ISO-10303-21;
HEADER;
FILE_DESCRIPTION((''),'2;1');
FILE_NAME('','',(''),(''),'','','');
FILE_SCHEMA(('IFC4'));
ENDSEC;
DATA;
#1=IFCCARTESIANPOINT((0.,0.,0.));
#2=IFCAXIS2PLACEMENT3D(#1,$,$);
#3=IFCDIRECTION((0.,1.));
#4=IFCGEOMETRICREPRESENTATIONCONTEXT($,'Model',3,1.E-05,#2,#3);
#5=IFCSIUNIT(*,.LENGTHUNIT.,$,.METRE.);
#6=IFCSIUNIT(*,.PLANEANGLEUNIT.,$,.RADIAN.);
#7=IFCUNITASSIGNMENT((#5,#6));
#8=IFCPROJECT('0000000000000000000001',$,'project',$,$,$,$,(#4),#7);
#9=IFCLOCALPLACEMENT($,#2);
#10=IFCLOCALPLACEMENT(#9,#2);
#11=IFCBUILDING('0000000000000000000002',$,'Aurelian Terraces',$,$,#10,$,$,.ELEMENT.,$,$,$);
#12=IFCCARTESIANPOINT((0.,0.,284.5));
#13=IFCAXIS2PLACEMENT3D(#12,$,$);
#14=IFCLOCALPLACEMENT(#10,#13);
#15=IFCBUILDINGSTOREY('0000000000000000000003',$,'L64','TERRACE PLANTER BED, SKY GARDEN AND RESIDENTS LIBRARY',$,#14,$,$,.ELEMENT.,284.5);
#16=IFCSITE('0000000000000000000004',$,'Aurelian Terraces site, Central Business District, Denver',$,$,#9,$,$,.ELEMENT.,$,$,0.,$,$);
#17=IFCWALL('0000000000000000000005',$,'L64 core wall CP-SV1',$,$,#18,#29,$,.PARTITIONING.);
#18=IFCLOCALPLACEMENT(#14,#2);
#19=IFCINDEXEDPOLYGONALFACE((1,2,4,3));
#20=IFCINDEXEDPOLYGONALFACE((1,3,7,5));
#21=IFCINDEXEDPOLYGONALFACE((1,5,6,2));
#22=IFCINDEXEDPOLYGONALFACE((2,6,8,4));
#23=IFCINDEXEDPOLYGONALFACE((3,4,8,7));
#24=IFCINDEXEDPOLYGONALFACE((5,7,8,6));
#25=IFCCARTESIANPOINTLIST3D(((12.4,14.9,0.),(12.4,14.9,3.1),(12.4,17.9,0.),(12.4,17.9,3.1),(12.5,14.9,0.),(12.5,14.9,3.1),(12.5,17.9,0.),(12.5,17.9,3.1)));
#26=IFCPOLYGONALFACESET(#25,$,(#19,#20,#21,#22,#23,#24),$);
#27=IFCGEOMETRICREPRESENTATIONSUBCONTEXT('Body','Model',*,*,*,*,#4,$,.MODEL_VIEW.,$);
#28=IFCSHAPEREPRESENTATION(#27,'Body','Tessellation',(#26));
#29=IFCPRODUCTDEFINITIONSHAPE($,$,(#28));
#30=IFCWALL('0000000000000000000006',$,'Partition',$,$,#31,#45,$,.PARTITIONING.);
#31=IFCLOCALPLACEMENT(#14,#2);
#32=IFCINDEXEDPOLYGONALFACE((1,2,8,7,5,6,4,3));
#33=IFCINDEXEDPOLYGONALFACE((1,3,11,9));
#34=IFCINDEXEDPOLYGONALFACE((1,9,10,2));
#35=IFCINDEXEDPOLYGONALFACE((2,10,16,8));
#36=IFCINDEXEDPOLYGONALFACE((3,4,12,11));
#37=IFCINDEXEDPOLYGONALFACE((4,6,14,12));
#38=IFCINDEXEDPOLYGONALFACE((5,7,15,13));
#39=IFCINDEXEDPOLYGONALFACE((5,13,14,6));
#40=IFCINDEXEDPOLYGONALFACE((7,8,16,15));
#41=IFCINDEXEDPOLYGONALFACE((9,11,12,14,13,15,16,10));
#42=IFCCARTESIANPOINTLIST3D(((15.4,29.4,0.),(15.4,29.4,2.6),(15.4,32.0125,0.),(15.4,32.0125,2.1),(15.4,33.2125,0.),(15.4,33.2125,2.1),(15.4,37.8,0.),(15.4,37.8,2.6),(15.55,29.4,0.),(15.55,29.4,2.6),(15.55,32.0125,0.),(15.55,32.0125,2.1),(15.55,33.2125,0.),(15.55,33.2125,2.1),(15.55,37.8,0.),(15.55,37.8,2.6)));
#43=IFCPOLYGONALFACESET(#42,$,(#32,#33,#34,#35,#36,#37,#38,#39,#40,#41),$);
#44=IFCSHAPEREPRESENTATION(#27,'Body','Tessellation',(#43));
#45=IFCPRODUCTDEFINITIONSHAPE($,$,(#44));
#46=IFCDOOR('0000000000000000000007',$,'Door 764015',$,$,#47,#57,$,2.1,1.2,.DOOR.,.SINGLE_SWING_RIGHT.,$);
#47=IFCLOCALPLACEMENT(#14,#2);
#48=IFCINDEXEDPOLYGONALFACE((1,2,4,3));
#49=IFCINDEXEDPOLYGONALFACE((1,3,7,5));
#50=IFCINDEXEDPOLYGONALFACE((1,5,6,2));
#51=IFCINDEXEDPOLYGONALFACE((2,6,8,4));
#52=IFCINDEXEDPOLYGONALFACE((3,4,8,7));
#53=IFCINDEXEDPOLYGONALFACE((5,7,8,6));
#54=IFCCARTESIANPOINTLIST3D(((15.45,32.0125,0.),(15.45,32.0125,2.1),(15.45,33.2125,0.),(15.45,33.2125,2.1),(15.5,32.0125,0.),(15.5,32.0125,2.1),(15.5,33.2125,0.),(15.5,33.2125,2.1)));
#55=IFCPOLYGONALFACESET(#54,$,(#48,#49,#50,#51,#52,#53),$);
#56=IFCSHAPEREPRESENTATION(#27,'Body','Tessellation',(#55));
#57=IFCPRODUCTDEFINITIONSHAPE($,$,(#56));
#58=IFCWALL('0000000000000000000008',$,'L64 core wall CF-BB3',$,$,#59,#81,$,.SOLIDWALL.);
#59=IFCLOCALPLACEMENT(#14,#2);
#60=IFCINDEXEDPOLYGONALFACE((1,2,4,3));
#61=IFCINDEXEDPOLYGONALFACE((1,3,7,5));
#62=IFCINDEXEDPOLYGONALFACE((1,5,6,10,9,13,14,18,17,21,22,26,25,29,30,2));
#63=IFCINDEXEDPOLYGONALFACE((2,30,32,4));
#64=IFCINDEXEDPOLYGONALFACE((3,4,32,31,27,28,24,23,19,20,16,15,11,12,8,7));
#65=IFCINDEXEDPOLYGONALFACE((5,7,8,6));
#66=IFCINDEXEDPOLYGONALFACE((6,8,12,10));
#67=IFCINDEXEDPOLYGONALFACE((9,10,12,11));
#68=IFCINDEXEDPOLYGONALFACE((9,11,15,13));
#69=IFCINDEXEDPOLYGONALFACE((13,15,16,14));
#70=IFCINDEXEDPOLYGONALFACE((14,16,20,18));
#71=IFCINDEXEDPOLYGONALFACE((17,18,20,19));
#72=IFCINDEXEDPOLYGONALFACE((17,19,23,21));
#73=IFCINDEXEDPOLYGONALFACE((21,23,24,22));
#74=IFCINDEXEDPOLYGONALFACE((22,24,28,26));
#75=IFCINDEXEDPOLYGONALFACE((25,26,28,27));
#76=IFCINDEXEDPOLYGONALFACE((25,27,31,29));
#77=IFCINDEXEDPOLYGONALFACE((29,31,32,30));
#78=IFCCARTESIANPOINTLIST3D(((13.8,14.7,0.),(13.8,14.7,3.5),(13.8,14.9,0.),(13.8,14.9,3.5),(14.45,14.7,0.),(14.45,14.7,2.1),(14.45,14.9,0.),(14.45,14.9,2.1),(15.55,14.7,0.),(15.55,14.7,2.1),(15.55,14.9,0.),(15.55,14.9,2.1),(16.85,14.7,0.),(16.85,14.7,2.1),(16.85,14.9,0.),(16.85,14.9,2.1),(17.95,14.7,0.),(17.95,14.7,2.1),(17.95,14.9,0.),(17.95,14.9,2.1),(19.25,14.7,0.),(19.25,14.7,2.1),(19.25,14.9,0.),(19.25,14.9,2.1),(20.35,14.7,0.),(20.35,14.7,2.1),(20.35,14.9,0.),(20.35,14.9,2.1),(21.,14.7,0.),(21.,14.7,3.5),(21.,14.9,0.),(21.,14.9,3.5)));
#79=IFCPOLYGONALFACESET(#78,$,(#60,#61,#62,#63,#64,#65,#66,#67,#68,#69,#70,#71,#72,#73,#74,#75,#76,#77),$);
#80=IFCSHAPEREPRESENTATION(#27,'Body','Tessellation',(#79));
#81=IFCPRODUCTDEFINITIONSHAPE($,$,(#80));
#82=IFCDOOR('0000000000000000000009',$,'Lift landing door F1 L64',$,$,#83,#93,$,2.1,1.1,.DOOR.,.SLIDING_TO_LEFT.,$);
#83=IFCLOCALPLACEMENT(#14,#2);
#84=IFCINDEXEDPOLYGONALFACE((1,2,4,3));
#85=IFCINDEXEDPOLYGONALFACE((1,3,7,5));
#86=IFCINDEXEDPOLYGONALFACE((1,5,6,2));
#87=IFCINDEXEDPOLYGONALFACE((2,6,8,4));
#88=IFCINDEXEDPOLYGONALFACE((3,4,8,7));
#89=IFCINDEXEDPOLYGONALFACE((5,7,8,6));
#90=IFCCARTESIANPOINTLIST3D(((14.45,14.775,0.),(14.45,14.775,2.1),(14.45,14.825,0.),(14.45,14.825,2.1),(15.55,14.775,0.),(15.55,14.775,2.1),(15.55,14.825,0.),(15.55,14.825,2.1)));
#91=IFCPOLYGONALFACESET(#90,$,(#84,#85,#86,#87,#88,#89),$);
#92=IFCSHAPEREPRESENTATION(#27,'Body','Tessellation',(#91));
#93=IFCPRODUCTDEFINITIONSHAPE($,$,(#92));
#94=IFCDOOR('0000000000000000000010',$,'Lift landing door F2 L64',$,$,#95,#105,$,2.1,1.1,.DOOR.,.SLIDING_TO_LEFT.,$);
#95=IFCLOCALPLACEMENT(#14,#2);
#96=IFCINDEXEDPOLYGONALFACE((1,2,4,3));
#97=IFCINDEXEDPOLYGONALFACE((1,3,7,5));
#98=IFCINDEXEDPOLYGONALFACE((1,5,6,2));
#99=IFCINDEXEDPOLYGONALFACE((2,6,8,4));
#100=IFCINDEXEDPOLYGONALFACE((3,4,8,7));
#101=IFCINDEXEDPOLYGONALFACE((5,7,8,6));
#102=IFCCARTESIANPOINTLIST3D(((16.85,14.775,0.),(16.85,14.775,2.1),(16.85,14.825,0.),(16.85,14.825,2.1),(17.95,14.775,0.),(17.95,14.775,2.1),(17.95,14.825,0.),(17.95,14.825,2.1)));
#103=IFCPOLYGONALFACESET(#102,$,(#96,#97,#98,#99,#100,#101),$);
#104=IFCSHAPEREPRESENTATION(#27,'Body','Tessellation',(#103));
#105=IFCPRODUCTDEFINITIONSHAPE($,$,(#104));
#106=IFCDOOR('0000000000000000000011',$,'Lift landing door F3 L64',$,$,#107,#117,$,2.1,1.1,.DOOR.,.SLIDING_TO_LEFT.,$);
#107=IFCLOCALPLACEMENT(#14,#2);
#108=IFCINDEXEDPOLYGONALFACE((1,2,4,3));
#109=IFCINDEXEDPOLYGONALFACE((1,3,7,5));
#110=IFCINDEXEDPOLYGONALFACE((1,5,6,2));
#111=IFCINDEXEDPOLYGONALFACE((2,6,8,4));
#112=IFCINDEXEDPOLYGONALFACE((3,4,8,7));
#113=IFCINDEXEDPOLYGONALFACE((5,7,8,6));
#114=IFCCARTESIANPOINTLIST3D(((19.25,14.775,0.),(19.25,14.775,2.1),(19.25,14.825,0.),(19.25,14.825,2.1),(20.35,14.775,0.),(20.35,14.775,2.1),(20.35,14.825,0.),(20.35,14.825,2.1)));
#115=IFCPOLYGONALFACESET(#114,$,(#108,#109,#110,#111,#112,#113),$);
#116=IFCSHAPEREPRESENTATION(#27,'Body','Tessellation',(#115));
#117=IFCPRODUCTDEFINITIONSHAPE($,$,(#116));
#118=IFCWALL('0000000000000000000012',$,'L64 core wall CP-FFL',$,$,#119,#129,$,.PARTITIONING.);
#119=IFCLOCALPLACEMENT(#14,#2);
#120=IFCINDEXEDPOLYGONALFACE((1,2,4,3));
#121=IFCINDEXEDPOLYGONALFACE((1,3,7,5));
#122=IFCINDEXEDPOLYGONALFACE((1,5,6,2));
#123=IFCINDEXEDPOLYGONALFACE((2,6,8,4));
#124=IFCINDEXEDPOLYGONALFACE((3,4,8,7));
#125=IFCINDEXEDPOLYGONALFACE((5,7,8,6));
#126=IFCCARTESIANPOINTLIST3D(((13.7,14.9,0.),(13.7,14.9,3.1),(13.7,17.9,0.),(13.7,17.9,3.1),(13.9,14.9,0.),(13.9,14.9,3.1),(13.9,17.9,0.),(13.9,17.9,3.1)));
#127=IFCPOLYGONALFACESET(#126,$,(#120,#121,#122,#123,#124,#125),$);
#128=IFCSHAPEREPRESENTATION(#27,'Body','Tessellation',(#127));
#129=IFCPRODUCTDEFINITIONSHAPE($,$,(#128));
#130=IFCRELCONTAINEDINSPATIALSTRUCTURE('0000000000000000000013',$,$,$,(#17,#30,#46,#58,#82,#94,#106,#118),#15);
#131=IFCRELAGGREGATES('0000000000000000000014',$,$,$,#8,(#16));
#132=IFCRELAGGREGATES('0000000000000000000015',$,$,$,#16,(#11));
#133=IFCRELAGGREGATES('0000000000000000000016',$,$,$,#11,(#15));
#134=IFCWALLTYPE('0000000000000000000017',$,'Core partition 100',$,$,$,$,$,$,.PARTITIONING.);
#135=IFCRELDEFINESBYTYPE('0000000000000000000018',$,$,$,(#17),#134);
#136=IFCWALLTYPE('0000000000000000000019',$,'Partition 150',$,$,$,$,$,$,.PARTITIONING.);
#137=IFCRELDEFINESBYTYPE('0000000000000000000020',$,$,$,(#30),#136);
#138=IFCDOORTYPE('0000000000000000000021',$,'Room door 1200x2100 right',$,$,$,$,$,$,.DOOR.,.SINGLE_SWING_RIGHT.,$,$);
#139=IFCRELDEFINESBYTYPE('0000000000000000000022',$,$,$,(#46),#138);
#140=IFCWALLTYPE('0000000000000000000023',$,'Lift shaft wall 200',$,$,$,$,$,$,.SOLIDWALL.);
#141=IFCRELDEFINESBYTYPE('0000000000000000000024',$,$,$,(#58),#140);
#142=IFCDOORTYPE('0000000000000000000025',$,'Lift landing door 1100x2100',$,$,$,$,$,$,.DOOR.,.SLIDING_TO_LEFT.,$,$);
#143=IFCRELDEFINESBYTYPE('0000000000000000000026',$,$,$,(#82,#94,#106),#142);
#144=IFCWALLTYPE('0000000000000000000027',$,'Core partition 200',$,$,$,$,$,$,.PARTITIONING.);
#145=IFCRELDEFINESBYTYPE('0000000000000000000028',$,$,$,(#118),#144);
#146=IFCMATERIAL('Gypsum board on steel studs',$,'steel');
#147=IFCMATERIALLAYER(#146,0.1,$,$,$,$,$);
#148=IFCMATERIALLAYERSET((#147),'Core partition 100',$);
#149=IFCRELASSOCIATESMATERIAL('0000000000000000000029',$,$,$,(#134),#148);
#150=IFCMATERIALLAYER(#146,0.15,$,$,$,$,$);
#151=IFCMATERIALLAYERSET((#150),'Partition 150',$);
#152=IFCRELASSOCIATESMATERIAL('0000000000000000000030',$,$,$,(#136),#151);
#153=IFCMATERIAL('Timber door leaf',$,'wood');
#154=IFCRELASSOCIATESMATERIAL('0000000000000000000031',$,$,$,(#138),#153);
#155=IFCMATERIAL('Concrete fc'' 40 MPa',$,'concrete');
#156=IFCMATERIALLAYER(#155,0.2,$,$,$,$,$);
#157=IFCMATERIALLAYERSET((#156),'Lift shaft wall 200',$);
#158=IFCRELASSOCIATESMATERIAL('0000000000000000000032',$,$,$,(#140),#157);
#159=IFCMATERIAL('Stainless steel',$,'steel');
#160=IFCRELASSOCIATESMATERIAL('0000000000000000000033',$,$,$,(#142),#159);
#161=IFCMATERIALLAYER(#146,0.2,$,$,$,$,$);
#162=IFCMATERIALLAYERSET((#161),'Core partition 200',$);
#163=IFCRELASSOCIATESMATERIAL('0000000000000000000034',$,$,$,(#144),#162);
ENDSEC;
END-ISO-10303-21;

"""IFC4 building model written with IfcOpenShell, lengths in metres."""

from ifc_helpers import new_model, si_unit, direction, frame, frame_2d, origin, place, context, subcontext, project, spatial, rectangle, extrude, source, transform, mapped, material, layer, layer_set, type_object, element, fill, save


model = new_model("IFC4")

# Units and contexts
model_context = context("Model", 3, precision=1e-05, world=origin(), true_north=direction((0.0, 1.0)))
body_context = subcontext(model_context, "Body", "Model", "MODEL_VIEW")
ifc_project = project(units=[si_unit("LENGTHUNIT", "METRE"), si_unit("PLANEANGLEUNIT", "RADIAN")], contexts=[model_context])

# Site, building, storey
site_placement = place(None, origin())
site = spatial("IfcSite", under=ifc_project, at=site_placement, Name="Aurelian Terraces site, Central Business District, Denver", CompositionType="ELEMENT", RefElevation=0.0)
building_placement = place(site_placement, origin())
building = spatial("IfcBuilding", under=site, at=building_placement, Name="Aurelian Terraces", CompositionType="ELEMENT")
storey_placement = place(building_placement, frame((0.0, 0.0, 284.5)))
storey = spatial("IfcBuildingStorey", under=building, at=storey_placement, Name="L64", Description="TERRACE PLANTER BED, SKY GARDEN AND RESIDENTS LIBRARY", CompositionType="ELEMENT", Elevation=284.5)

# Wall
ifc_material_1 = material(Name="Gypsum board on steel studs", Category="steel")
ifc_layer_1 = layer(ifc_material_1, 0.1)
ifc_layer_set_1 = layer_set([ifc_layer_1], Name="Core partition 100")
wall_type_1 = type_object("IfcWallType", Name="Core partition 100", PredefinedType="PARTITIONING", material=ifc_layer_set_1)
wall_1_placement = place(storey_placement, frame((12.45, 14.9, 0.0), z_axis=(0.0, 0.0, 1.0), x_axis=(0.0, 1.0, 0.0)))
element("IfcWall", 1, at=wall_1_placement, inside=storey, type_object=wall_type_1, Name="L64 core wall CP-SV1", PredefinedType="PARTITIONING", context=body_context, shape_type="SweptSolid", body=[
    extrude(rectangle(XDim=3.0, YDim=0.1, at=frame_2d((1.5, 0.0))), origin(), (0.0, 0.0, 1.0), 3.1),
])

# Wall, opening, door
ifc_layer_2 = layer(ifc_material_1, 0.15)
ifc_layer_set_2 = layer_set([ifc_layer_2], Name="Partition 150")
wall_type_2 = type_object("IfcWallType", Name="Partition 150", PredefinedType="PARTITIONING", material=ifc_layer_set_2)
wall_2_placement = place(storey_placement, frame((15.475, 29.4, 0.0), z_axis=(0.0, 0.0, 1.0), x_axis=(0.0, 1.0, 0.0)))
wall_2 = element("IfcWall", 2, at=wall_2_placement, inside=storey, type_object=wall_type_2, Name="Partition", PredefinedType="PARTITIONING", context=body_context, shape_type="SweptSolid", body=[
    extrude(rectangle(XDim=8.4, YDim=0.15, at=frame_2d((4.2, 0.0))), origin(), (0.0, 0.0, 1.0), 2.6),
])
shared_shape_1 = source(origin(), body_context, "Body", "SweptSolid", [
    extrude(rectangle(XDim=1.2, YDim=2.1, at=frame_2d((0.6, 1.05))), frame((0.0, 0.085, 0.0), z_axis=(0.0, -1.0, 0.0), x_axis=(1.0, 0.0, 0.0)), (0.0, 0.0, 1.0), 0.17),
])
opening_1_placement = place(wall_2_placement, frame((2.6125, 0.0, 0.0)))
opening_1 = element("IfcOpeningElement", 3, at=opening_1_placement, cuts=wall_2, PredefinedType="OPENING", context=body_context, shape_type="MappedRepresentation", body=[
    mapped(shared_shape_1, transform((0.0, 0.0, 0.0), scale=1.0)),
])
ifc_material_2 = material(Name="Timber door leaf", Category="wood")
door_type_1 = type_object("IfcDoorType", Name="Room door 1200x2100 right", OperationType="SINGLE_SWING_RIGHT", PredefinedType="DOOR", material=ifc_material_2)
shared_shape_2 = source(origin(), body_context, "Body", "SweptSolid", [
    extrude(rectangle(XDim=1.2, YDim=2.1, at=frame_2d((0.6, 1.05))), frame((0.0, 0.025, 0.0), z_axis=(0.0, -1.0, 0.0), x_axis=(1.0, 0.0, 0.0)), (0.0, 0.0, 1.0), 0.05),
])
door_1_placement = place(opening_1_placement, origin())
door_1 = element("IfcDoor", 4, at=door_1_placement, inside=storey, type_object=door_type_1, Name="Door 764015", OperationType="SINGLE_SWING_RIGHT", OverallHeight=2.1, OverallWidth=1.2, PredefinedType="DOOR", context=body_context, shape_type="MappedRepresentation", body=[
    mapped(shared_shape_2, transform((0.0, 0.0, 0.0), scale=1.0)),
])
fill(opening_1, door_1)

# Wall, openings, doors
ifc_material_3 = material(Name="Concrete fc' 40 MPa", Category="concrete")
ifc_layer_3 = layer(ifc_material_3, 0.2)
ifc_layer_set_3 = layer_set([ifc_layer_3], Name="Lift shaft wall 200")
wall_type_3 = type_object("IfcWallType", Name="Lift shaft wall 200", PredefinedType="SOLIDWALL", material=ifc_layer_set_3)
shared_shape_3 = source(origin(), body_context, "Body", "SweptSolid", [
    extrude(rectangle(XDim=7.2, YDim=0.2, at=frame_2d((3.6, 0.0))), origin(), (0.0, 0.0, 1.0), 3.5),
])
wall_3_placement = place(storey_placement, frame((13.8, 14.8, 0.0), z_axis=(0.0, 0.0, 1.0), x_axis=(1.0, 0.0, 0.0)))
wall_3 = element("IfcWall", 5, at=wall_3_placement, inside=storey, type_object=wall_type_3, Name="L64 core wall CF-BB3", PredefinedType="SOLIDWALL", context=body_context, shape_type="MappedRepresentation", body=[
    mapped(shared_shape_3, transform((0.0, 0.0, 0.0), scale=1.0)),
])
shared_shape_4 = source(origin(), body_context, "Body", "SweptSolid", [
    extrude(rectangle(XDim=1.1, YDim=2.1, at=frame_2d((0.55, 1.05))), frame((0.0, 0.11, 0.0), z_axis=(0.0, -1.0, 0.0), x_axis=(1.0, 0.0, 0.0)), (0.0, 0.0, 1.0), 0.22),
])
opening_2_placement = place(wall_3_placement, frame((0.65, 0.0, 0.0)))
opening_2 = element("IfcOpeningElement", 6, at=opening_2_placement, cuts=wall_3, PredefinedType="OPENING", context=body_context, shape_type="MappedRepresentation", body=[
    mapped(shared_shape_4, transform((0.0, 0.0, 0.0), scale=1.0)),
])
opening_3_placement = place(wall_3_placement, frame((3.05, 0.0, 0.0)))
opening_3 = element("IfcOpeningElement", 7, at=opening_3_placement, cuts=wall_3, PredefinedType="OPENING", context=body_context, shape_type="MappedRepresentation", body=[
    mapped(shared_shape_4, transform((0.0, 0.0, 0.0), scale=1.0)),
])
opening_4_placement = place(wall_3_placement, frame((5.45, 0.0, 0.0)))
opening_4 = element("IfcOpeningElement", 8, at=opening_4_placement, cuts=wall_3, PredefinedType="OPENING", context=body_context, shape_type="MappedRepresentation", body=[
    mapped(shared_shape_4, transform((0.0, 0.0, 0.0), scale=1.0)),
])
ifc_material_4 = material(Name="Stainless steel", Category="steel")
door_type_2 = type_object("IfcDoorType", Name="Lift landing door 1100x2100", OperationType="SLIDING_TO_LEFT", PredefinedType="DOOR", material=ifc_material_4)
shared_shape_5 = source(origin(), body_context, "Body", "SweptSolid", [
    extrude(rectangle(XDim=1.1, YDim=2.1, at=frame_2d((0.55, 1.05))), frame((0.0, 0.025, 0.0), z_axis=(0.0, -1.0, 0.0), x_axis=(1.0, 0.0, 0.0)), (0.0, 0.0, 1.0), 0.05),
])
door_2_placement = place(opening_2_placement, origin())
door_2 = element("IfcDoor", 9, at=door_2_placement, inside=storey, type_object=door_type_2, Name="Lift landing door F1 L64", OperationType="SLIDING_TO_LEFT", OverallHeight=2.1, OverallWidth=1.1, PredefinedType="DOOR", context=body_context, shape_type="MappedRepresentation", body=[
    mapped(shared_shape_5, transform((0.0, 0.0, 0.0), scale=1.0)),
])
fill(opening_2, door_2)
door_3_placement = place(opening_3_placement, origin())
door_3 = element("IfcDoor", 10, at=door_3_placement, inside=storey, type_object=door_type_2, Name="Lift landing door F2 L64", OperationType="SLIDING_TO_LEFT", OverallHeight=2.1, OverallWidth=1.1, PredefinedType="DOOR", context=body_context, shape_type="MappedRepresentation", body=[
    mapped(shared_shape_5, transform((0.0, 0.0, 0.0), scale=1.0)),
])
fill(opening_3, door_3)
door_4_placement = place(opening_4_placement, origin())
door_4 = element("IfcDoor", 11, at=door_4_placement, inside=storey, type_object=door_type_2, Name="Lift landing door F3 L64", OperationType="SLIDING_TO_LEFT", OverallHeight=2.1, OverallWidth=1.1, PredefinedType="DOOR", context=body_context, shape_type="MappedRepresentation", body=[
    mapped(shared_shape_5, transform((0.0, 0.0, 0.0), scale=1.0)),
])
fill(opening_4, door_4)

# Wall
ifc_layer_4 = layer(ifc_material_1, 0.2)
ifc_layer_set_4 = layer_set([ifc_layer_4], Name="Core partition 200")
wall_type_4 = type_object("IfcWallType", Name="Core partition 200", PredefinedType="PARTITIONING", material=ifc_layer_set_4)
shared_shape_6 = source(origin(), body_context, "Body", "SweptSolid", [
    extrude(rectangle(XDim=3.0, YDim=0.2, at=frame_2d((1.5, 0.0))), origin(), (0.0, 0.0, 1.0), 3.1),
])
wall_4_placement = place(storey_placement, frame((13.8, 14.9, 0.0), z_axis=(0.0, 0.0, 1.0), x_axis=(0.0, 1.0, 0.0)))
element("IfcWall", 12, at=wall_4_placement, inside=storey, type_object=wall_type_4, Name="L64 core wall CP-FFL", PredefinedType="PARTITIONING", context=body_context, shape_type="MappedRepresentation", body=[
    mapped(shared_shape_6, transform((0.0, 0.0, 0.0), scale=1.0)),
])

save(model, "model.ifc")
